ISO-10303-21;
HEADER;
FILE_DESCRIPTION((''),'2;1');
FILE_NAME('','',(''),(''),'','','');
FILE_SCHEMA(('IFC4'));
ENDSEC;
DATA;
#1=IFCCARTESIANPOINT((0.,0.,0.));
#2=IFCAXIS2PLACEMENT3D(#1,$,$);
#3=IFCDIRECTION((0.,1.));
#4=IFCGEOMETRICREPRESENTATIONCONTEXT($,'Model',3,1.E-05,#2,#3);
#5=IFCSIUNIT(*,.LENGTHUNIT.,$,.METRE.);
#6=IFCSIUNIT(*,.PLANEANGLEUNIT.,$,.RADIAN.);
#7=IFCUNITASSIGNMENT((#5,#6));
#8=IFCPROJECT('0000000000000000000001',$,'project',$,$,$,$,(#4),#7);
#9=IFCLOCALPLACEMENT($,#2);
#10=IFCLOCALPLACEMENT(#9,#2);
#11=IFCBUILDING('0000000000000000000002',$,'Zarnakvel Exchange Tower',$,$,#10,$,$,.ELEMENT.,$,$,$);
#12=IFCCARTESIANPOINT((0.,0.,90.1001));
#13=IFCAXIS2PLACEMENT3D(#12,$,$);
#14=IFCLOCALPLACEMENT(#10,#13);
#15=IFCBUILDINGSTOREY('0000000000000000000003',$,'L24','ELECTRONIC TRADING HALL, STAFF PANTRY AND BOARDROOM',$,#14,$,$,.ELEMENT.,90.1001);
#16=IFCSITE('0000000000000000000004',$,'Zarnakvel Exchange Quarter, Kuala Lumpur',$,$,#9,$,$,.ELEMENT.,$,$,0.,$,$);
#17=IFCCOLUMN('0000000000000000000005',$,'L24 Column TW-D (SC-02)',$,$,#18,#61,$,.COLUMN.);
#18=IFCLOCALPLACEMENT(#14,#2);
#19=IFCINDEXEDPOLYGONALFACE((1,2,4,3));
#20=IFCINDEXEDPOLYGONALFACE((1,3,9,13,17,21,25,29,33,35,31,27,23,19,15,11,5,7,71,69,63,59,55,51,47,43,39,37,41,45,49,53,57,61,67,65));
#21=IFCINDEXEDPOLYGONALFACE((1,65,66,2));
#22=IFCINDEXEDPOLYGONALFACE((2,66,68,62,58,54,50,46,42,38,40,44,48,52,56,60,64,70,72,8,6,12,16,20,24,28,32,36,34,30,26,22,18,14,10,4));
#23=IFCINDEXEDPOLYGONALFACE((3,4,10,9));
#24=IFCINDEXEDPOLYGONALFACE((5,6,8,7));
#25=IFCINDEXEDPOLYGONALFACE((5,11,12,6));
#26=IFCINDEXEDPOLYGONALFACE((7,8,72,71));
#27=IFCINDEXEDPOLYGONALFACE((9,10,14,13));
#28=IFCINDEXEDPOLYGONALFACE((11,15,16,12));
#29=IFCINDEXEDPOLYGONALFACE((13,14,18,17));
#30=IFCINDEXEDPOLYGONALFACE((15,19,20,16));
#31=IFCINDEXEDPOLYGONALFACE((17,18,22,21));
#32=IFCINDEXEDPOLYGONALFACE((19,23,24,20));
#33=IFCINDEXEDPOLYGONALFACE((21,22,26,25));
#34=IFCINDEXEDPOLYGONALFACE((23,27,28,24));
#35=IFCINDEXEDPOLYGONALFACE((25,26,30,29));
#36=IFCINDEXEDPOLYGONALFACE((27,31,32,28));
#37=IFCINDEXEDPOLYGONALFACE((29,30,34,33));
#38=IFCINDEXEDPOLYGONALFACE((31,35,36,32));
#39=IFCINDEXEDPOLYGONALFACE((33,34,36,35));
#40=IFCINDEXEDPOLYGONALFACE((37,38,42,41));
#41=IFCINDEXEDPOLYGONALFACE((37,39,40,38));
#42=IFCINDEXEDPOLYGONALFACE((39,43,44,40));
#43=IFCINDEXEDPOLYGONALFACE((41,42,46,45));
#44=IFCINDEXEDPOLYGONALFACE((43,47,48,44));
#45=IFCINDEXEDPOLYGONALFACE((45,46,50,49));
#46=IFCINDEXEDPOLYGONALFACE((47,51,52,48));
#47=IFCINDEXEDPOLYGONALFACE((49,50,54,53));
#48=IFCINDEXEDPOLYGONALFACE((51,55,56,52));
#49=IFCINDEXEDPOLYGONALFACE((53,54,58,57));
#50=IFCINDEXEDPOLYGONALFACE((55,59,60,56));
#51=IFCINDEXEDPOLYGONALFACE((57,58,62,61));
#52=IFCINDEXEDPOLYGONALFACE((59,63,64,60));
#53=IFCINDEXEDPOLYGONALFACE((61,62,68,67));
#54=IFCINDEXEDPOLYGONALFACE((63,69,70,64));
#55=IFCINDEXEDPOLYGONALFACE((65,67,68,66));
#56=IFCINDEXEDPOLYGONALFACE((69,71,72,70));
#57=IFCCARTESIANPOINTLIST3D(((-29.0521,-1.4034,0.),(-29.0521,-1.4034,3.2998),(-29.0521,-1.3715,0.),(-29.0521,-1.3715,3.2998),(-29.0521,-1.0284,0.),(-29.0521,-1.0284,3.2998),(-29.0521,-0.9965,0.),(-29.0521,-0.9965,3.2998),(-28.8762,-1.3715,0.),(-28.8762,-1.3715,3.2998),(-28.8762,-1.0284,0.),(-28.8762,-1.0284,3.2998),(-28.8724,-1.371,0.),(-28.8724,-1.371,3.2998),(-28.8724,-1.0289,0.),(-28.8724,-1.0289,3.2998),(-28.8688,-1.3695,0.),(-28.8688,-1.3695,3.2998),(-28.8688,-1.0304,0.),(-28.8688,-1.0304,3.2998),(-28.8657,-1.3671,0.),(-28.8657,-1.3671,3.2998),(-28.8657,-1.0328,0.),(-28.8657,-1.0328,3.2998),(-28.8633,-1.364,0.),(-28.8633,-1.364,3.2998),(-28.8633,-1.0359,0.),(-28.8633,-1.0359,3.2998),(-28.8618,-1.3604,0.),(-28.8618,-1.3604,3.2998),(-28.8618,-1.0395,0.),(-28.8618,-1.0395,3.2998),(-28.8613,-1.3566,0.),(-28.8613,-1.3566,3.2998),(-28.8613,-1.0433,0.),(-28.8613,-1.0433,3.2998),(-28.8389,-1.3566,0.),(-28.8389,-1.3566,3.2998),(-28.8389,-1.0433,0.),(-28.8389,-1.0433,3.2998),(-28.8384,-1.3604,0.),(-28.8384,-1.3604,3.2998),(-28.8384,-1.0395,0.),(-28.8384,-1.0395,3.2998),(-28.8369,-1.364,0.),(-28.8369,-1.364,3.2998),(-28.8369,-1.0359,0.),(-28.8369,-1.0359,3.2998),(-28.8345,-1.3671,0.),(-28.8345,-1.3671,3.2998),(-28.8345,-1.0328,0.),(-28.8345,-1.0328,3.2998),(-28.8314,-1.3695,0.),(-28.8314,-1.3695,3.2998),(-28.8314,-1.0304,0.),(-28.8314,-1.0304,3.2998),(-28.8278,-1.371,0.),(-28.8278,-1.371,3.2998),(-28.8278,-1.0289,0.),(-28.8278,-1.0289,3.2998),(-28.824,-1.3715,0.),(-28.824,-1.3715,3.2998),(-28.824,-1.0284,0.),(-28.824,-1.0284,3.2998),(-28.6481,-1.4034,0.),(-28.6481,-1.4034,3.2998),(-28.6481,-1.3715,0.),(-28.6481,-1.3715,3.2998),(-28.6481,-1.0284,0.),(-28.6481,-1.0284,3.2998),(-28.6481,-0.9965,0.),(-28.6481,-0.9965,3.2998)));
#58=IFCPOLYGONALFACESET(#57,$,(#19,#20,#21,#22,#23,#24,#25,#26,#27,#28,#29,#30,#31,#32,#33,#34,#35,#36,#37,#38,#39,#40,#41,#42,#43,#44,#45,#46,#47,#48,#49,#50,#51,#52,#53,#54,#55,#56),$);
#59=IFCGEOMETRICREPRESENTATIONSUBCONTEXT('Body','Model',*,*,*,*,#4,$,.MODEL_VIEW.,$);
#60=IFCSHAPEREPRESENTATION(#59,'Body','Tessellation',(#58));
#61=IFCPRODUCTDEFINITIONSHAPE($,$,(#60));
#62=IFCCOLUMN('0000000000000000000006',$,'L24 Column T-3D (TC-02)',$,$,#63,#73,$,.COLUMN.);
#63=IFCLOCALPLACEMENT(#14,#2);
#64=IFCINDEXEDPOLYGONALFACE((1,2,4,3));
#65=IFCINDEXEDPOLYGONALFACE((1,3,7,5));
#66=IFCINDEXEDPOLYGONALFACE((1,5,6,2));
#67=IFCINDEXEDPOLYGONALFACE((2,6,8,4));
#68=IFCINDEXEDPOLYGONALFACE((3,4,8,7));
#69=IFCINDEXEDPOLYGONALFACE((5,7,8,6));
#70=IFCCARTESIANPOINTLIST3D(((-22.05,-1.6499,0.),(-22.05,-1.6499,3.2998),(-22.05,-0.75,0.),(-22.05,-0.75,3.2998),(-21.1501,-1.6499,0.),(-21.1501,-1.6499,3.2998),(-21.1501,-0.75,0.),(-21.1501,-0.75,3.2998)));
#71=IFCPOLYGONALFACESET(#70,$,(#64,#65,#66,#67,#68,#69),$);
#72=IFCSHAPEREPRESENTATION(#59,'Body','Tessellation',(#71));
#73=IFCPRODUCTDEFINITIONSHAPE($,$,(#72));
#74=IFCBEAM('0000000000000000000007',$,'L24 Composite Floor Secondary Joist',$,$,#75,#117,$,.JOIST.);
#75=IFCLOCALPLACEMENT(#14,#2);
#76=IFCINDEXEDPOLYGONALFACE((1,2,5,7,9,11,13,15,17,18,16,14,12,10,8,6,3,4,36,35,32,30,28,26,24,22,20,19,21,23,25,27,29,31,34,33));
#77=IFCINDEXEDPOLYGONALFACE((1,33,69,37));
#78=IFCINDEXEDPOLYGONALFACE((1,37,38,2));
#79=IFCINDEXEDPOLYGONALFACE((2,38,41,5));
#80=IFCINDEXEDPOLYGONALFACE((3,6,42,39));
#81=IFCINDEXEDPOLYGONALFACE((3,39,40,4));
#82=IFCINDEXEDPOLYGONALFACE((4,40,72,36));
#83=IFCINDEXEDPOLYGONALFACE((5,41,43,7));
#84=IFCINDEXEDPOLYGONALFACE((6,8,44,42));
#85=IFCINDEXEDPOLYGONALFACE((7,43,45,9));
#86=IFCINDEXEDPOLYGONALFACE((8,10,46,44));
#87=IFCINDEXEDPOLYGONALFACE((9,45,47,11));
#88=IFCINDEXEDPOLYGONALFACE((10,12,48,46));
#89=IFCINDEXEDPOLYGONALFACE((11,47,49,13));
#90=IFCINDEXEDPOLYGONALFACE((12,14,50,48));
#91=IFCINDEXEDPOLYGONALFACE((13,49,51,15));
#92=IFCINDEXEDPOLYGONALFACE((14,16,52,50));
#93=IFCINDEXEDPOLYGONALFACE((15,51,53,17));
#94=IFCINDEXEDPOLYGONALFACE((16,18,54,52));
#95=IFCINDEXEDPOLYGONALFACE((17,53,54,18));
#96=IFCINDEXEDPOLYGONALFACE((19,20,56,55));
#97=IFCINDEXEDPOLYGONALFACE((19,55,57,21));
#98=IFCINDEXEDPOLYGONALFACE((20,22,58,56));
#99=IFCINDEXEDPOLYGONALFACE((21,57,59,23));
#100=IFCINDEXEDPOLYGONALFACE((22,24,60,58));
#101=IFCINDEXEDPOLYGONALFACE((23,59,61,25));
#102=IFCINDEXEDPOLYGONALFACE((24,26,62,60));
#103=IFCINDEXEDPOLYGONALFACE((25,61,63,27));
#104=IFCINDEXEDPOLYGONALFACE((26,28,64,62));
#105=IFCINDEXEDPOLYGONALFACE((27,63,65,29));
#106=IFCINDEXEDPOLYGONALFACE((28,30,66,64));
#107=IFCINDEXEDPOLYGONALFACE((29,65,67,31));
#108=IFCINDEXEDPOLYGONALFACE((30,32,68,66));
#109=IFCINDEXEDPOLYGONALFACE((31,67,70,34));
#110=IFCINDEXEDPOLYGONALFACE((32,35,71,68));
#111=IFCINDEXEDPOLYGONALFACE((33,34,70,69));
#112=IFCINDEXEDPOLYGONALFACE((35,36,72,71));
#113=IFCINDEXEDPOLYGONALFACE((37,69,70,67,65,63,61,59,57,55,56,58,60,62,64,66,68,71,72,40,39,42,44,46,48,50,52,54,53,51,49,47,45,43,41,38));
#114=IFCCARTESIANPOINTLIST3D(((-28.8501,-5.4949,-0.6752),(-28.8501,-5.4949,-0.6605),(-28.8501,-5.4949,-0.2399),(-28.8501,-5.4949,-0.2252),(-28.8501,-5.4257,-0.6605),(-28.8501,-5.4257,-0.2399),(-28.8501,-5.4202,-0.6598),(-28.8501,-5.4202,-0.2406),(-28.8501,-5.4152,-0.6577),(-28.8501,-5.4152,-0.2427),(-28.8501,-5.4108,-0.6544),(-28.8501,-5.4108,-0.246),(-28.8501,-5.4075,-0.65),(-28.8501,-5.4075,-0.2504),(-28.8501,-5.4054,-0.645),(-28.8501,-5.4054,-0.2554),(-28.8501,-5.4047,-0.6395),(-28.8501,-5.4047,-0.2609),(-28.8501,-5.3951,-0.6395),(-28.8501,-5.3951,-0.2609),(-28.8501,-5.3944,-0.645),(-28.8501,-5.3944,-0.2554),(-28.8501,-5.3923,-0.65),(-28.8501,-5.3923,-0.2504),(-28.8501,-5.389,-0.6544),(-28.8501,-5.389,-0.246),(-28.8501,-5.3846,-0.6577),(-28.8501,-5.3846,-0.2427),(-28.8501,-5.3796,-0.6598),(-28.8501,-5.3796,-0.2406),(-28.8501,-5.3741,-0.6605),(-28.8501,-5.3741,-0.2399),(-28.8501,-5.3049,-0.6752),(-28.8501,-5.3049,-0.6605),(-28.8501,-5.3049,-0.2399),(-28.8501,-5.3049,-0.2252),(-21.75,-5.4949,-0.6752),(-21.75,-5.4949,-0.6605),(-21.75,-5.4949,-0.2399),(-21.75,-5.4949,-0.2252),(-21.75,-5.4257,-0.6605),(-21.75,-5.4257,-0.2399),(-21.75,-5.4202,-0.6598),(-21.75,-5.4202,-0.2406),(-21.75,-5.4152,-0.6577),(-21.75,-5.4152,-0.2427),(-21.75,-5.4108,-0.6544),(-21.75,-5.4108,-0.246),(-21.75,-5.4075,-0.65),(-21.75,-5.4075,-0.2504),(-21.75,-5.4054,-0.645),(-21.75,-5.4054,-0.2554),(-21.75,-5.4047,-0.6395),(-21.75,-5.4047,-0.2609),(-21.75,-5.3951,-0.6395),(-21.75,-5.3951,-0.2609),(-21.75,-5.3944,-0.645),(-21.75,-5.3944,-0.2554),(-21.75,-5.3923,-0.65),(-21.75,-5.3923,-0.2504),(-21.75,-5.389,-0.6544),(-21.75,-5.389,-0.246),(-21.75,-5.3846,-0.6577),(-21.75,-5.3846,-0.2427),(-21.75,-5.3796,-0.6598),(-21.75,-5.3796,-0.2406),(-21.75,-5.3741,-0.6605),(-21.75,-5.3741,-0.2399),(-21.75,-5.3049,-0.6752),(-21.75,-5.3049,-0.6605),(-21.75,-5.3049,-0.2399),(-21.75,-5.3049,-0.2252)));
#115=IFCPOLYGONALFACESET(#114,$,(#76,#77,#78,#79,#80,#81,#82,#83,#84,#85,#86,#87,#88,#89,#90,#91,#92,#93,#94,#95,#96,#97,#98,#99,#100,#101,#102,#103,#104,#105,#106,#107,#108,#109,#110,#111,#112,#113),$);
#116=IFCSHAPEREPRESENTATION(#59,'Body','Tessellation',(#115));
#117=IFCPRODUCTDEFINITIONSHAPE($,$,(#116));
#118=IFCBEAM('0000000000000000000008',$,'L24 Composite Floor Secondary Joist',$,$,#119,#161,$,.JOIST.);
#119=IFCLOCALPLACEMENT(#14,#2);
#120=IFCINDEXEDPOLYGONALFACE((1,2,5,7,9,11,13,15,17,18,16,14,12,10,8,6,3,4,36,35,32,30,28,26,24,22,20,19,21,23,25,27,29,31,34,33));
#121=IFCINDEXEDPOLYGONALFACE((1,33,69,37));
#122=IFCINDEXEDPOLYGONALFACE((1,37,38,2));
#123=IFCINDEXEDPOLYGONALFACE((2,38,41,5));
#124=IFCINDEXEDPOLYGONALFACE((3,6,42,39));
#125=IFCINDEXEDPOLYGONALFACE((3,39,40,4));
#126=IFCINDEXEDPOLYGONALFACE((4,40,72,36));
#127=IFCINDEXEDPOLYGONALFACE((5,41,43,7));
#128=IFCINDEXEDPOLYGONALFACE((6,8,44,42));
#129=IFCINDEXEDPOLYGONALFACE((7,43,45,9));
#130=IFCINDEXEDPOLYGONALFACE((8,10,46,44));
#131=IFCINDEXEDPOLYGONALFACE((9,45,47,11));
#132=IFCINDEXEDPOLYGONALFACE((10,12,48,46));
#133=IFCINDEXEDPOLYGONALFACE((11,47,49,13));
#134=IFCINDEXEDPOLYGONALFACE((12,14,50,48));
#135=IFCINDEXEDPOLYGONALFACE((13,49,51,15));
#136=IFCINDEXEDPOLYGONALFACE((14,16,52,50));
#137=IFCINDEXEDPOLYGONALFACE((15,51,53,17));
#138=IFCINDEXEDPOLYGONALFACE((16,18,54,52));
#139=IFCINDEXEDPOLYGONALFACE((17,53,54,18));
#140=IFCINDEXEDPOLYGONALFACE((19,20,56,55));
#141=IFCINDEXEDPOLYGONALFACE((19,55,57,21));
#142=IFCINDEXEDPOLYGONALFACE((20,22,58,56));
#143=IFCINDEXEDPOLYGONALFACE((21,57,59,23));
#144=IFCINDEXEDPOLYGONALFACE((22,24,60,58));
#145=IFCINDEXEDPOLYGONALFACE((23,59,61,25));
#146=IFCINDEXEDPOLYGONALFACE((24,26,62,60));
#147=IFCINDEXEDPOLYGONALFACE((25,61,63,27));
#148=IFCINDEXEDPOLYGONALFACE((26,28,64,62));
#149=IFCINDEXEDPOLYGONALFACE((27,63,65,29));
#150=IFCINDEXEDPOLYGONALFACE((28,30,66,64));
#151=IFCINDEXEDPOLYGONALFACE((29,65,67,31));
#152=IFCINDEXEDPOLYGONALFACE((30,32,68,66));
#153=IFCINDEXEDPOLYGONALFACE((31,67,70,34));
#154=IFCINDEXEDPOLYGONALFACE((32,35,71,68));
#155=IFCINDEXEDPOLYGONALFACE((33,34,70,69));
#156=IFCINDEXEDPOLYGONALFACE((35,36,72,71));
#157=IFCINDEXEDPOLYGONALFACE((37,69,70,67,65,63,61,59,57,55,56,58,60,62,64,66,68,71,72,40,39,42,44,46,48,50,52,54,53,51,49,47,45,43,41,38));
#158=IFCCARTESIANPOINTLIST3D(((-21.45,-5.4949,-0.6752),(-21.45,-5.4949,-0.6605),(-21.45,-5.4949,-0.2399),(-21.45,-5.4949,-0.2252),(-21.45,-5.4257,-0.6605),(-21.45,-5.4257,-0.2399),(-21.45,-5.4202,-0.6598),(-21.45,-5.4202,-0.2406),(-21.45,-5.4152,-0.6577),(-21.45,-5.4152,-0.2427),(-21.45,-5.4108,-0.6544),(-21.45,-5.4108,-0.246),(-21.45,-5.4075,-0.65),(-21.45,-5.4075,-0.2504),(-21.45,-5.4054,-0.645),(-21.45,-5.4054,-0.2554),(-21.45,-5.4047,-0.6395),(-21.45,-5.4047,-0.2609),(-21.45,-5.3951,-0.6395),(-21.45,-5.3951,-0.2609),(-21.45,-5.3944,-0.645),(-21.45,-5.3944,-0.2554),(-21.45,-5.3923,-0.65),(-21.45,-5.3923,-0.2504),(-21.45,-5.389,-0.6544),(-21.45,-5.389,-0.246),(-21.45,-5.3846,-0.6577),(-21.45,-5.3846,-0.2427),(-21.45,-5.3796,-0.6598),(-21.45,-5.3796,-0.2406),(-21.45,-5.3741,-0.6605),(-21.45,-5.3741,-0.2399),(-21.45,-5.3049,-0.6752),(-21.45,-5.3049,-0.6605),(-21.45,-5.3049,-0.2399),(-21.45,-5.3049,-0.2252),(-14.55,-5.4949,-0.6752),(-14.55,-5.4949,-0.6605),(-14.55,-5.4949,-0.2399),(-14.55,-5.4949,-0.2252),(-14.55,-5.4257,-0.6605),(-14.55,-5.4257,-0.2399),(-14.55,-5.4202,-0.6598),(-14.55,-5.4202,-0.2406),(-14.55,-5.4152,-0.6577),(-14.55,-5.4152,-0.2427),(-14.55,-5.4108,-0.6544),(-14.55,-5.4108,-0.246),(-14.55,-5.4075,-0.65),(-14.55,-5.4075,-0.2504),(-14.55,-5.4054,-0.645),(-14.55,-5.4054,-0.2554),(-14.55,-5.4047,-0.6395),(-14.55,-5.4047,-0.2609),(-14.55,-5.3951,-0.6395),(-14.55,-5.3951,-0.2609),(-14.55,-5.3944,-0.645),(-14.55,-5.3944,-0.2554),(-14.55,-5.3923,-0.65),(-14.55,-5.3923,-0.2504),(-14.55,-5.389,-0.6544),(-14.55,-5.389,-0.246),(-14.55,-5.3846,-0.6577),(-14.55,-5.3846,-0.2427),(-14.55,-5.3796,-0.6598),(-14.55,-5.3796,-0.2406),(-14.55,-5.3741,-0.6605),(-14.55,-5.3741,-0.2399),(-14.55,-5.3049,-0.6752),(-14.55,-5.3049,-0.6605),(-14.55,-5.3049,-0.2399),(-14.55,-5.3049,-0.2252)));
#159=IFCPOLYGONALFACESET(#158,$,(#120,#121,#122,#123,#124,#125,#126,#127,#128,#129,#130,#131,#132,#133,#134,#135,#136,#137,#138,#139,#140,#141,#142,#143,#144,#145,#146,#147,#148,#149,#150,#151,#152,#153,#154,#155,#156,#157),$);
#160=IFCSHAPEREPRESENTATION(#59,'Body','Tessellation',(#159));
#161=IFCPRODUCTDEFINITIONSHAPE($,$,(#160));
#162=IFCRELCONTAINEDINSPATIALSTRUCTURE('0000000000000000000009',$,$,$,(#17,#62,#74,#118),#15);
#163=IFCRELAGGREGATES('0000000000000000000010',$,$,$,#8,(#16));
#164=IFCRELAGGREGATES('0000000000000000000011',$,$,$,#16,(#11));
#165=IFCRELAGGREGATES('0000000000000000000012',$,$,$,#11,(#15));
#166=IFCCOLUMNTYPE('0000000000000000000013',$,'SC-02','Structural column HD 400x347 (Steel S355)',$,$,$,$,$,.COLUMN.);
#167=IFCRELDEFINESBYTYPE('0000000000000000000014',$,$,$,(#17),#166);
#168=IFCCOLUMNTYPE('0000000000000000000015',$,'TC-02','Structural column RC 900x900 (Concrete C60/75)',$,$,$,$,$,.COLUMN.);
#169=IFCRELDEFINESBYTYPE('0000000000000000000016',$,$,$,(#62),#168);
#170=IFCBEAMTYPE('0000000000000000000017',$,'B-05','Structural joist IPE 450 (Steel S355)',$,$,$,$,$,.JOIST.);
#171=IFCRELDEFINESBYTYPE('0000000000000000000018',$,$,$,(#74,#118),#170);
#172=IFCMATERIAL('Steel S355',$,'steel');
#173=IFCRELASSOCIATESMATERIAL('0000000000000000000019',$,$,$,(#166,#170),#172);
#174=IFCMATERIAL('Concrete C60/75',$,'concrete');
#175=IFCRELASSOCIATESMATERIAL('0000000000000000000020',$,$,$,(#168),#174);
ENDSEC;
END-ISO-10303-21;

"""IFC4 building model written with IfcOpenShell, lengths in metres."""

from ifc_helpers import new_model, si_unit, direction, frame, origin, origin_2d, place, context, subcontext, project, spatial, rectangle, i_section, extrude, material, material_profile, profile_set, type_object, element, save


model = new_model("IFC4")

# Units and contexts
model_context = context("Model", 3, precision=1e-05, world=origin(), true_north=direction((0.0, 1.0)))
body_context = subcontext(model_context, "Body", "Model", "MODEL_VIEW")
ifc_project = project(units=[si_unit("LENGTHUNIT", "METRE"), si_unit("PLANEANGLEUNIT", "RADIAN")], contexts=[model_context])

# Site, building, storey
site_placement = place(None, origin())
site = spatial("IfcSite", under=ifc_project, at=site_placement, Name="Zarnakvel Exchange Quarter, Kuala Lumpur", CompositionType="ELEMENT", RefElevation=0.0)
building_placement = place(site_placement, origin())
building = spatial("IfcBuilding", under=site, at=building_placement, Name="Zarnakvel Exchange Tower", CompositionType="ELEMENT")
storey_placement = place(building_placement, frame((0.0, 0.0, 90.1001)))
storey = spatial("IfcBuildingStorey", under=building, at=storey_placement, Name="L24", Description="ELECTRONIC TRADING HALL, STAFF PANTRY AND BOARDROOM", CompositionType="ELEMENT", Elevation=90.1001)

# Columns
ifc_material_1 = material(Name="Steel S355", Category="steel")
ifc_material_profile_1 = material_profile(ifc_material_1, i_section(OverallWidth=0.4041, OverallDepth=0.407, WebThickness=0.0225, FlangeThickness=0.032, FilletRadius=0.0149, at=origin_2d()))
ifc_profile_set_1 = profile_set([ifc_material_profile_1], Name="Steel S355")
column_type_1 = type_object("IfcColumnType", Name="SC-02", Description="Structural column HD 400x347 (Steel S355)", PredefinedType="COLUMN", material=ifc_profile_set_1)
column_1_placement = place(storey_placement, frame((-28.8501, -1.2, 0.0), z_axis=(0.0, 0.0, 1.0), x_axis=(1.0, 0.0, 0.0)))
element("IfcColumn", 1, at=column_1_placement, inside=storey, type_object=column_type_1, Name="L24 Column TW-D (SC-02)", PredefinedType="COLUMN", context=body_context, shape_type="SweptSolid", body=[
    extrude(i_section(OverallWidth=0.4041, OverallDepth=0.407, WebThickness=0.0225, FlangeThickness=0.032, FilletRadius=0.0149, at=origin_2d()), origin(), (0.0, 0.0, 1.0), 3.2998),
])
ifc_material_2 = material(Name="Concrete C60/75", Category="concrete")
ifc_material_profile_2 = material_profile(ifc_material_2, rectangle(XDim=0.8999, YDim=0.8999, at=origin_2d()))
ifc_profile_set_2 = profile_set([ifc_material_profile_2], Name="Concrete C60/75")
column_type_2 = type_object("IfcColumnType", Name="TC-02", Description="Structural column RC 900x900 (Concrete C60/75)", PredefinedType="COLUMN", material=ifc_profile_set_2)
column_2_placement = place(storey_placement, frame((-21.6001, -1.2, 0.0), z_axis=(0.0, 0.0, 1.0), x_axis=(1.0, 0.0, 0.0)))
element("IfcColumn", 2, at=column_2_placement, inside=storey, type_object=column_type_2, Name="L24 Column T-3D (TC-02)", PredefinedType="COLUMN", context=body_context, shape_type="SweptSolid", body=[
    extrude(rectangle(XDim=0.8999, YDim=0.8999, at=origin_2d()), origin(), (0.0, 0.0, 1.0), 3.2998),
])

# Beams
ifc_material_profile_3 = material_profile(ifc_material_1, i_section(OverallWidth=0.1899, OverallDepth=0.45, WebThickness=0.0095, FlangeThickness=0.0146, FilletRadius=0.021, at=origin_2d()))
ifc_profile_set_3 = profile_set([ifc_material_profile_3], Name="Steel S355")
beam_type_1 = type_object("IfcBeamType", Name="B-05", Description="Structural joist IPE 450 (Steel S355)", PredefinedType="JOIST", material=ifc_profile_set_3)
beam_1_placement = place(storey_placement, frame((-28.8501, -5.3999, -0.4502), z_axis=(1.0, 0.0, 0.0), x_axis=(0.0, 1.0, 0.0)))
element("IfcBeam", 3, at=beam_1_placement, inside=storey, type_object=beam_type_1, Name="L24 Composite Floor Secondary Joist", PredefinedType="JOIST", context=body_context, shape_type="SweptSolid", body=[
    extrude(i_section(OverallWidth=0.1899, OverallDepth=0.45, WebThickness=0.0095, FlangeThickness=0.0146, FilletRadius=0.021, at=origin_2d()), origin(), (0.0, 0.0, 1.0), 7.1001),
])
beam_2_placement = place(storey_placement, frame((-21.45, -5.3999, -0.4502), z_axis=(1.0, 0.0, 0.0), x_axis=(0.0, 1.0, 0.0)))
element("IfcBeam", 4, at=beam_2_placement, inside=storey, type_object=beam_type_1, Name="L24 Composite Floor Secondary Joist", PredefinedType="JOIST", context=body_context, shape_type="SweptSolid", body=[
    extrude(i_section(OverallWidth=0.1899, OverallDepth=0.45, WebThickness=0.0095, FlangeThickness=0.0146, FilletRadius=0.021, at=origin_2d()), origin(), (0.0, 0.0, 1.0), 6.8999),
])

save(model, "model.ifc")
